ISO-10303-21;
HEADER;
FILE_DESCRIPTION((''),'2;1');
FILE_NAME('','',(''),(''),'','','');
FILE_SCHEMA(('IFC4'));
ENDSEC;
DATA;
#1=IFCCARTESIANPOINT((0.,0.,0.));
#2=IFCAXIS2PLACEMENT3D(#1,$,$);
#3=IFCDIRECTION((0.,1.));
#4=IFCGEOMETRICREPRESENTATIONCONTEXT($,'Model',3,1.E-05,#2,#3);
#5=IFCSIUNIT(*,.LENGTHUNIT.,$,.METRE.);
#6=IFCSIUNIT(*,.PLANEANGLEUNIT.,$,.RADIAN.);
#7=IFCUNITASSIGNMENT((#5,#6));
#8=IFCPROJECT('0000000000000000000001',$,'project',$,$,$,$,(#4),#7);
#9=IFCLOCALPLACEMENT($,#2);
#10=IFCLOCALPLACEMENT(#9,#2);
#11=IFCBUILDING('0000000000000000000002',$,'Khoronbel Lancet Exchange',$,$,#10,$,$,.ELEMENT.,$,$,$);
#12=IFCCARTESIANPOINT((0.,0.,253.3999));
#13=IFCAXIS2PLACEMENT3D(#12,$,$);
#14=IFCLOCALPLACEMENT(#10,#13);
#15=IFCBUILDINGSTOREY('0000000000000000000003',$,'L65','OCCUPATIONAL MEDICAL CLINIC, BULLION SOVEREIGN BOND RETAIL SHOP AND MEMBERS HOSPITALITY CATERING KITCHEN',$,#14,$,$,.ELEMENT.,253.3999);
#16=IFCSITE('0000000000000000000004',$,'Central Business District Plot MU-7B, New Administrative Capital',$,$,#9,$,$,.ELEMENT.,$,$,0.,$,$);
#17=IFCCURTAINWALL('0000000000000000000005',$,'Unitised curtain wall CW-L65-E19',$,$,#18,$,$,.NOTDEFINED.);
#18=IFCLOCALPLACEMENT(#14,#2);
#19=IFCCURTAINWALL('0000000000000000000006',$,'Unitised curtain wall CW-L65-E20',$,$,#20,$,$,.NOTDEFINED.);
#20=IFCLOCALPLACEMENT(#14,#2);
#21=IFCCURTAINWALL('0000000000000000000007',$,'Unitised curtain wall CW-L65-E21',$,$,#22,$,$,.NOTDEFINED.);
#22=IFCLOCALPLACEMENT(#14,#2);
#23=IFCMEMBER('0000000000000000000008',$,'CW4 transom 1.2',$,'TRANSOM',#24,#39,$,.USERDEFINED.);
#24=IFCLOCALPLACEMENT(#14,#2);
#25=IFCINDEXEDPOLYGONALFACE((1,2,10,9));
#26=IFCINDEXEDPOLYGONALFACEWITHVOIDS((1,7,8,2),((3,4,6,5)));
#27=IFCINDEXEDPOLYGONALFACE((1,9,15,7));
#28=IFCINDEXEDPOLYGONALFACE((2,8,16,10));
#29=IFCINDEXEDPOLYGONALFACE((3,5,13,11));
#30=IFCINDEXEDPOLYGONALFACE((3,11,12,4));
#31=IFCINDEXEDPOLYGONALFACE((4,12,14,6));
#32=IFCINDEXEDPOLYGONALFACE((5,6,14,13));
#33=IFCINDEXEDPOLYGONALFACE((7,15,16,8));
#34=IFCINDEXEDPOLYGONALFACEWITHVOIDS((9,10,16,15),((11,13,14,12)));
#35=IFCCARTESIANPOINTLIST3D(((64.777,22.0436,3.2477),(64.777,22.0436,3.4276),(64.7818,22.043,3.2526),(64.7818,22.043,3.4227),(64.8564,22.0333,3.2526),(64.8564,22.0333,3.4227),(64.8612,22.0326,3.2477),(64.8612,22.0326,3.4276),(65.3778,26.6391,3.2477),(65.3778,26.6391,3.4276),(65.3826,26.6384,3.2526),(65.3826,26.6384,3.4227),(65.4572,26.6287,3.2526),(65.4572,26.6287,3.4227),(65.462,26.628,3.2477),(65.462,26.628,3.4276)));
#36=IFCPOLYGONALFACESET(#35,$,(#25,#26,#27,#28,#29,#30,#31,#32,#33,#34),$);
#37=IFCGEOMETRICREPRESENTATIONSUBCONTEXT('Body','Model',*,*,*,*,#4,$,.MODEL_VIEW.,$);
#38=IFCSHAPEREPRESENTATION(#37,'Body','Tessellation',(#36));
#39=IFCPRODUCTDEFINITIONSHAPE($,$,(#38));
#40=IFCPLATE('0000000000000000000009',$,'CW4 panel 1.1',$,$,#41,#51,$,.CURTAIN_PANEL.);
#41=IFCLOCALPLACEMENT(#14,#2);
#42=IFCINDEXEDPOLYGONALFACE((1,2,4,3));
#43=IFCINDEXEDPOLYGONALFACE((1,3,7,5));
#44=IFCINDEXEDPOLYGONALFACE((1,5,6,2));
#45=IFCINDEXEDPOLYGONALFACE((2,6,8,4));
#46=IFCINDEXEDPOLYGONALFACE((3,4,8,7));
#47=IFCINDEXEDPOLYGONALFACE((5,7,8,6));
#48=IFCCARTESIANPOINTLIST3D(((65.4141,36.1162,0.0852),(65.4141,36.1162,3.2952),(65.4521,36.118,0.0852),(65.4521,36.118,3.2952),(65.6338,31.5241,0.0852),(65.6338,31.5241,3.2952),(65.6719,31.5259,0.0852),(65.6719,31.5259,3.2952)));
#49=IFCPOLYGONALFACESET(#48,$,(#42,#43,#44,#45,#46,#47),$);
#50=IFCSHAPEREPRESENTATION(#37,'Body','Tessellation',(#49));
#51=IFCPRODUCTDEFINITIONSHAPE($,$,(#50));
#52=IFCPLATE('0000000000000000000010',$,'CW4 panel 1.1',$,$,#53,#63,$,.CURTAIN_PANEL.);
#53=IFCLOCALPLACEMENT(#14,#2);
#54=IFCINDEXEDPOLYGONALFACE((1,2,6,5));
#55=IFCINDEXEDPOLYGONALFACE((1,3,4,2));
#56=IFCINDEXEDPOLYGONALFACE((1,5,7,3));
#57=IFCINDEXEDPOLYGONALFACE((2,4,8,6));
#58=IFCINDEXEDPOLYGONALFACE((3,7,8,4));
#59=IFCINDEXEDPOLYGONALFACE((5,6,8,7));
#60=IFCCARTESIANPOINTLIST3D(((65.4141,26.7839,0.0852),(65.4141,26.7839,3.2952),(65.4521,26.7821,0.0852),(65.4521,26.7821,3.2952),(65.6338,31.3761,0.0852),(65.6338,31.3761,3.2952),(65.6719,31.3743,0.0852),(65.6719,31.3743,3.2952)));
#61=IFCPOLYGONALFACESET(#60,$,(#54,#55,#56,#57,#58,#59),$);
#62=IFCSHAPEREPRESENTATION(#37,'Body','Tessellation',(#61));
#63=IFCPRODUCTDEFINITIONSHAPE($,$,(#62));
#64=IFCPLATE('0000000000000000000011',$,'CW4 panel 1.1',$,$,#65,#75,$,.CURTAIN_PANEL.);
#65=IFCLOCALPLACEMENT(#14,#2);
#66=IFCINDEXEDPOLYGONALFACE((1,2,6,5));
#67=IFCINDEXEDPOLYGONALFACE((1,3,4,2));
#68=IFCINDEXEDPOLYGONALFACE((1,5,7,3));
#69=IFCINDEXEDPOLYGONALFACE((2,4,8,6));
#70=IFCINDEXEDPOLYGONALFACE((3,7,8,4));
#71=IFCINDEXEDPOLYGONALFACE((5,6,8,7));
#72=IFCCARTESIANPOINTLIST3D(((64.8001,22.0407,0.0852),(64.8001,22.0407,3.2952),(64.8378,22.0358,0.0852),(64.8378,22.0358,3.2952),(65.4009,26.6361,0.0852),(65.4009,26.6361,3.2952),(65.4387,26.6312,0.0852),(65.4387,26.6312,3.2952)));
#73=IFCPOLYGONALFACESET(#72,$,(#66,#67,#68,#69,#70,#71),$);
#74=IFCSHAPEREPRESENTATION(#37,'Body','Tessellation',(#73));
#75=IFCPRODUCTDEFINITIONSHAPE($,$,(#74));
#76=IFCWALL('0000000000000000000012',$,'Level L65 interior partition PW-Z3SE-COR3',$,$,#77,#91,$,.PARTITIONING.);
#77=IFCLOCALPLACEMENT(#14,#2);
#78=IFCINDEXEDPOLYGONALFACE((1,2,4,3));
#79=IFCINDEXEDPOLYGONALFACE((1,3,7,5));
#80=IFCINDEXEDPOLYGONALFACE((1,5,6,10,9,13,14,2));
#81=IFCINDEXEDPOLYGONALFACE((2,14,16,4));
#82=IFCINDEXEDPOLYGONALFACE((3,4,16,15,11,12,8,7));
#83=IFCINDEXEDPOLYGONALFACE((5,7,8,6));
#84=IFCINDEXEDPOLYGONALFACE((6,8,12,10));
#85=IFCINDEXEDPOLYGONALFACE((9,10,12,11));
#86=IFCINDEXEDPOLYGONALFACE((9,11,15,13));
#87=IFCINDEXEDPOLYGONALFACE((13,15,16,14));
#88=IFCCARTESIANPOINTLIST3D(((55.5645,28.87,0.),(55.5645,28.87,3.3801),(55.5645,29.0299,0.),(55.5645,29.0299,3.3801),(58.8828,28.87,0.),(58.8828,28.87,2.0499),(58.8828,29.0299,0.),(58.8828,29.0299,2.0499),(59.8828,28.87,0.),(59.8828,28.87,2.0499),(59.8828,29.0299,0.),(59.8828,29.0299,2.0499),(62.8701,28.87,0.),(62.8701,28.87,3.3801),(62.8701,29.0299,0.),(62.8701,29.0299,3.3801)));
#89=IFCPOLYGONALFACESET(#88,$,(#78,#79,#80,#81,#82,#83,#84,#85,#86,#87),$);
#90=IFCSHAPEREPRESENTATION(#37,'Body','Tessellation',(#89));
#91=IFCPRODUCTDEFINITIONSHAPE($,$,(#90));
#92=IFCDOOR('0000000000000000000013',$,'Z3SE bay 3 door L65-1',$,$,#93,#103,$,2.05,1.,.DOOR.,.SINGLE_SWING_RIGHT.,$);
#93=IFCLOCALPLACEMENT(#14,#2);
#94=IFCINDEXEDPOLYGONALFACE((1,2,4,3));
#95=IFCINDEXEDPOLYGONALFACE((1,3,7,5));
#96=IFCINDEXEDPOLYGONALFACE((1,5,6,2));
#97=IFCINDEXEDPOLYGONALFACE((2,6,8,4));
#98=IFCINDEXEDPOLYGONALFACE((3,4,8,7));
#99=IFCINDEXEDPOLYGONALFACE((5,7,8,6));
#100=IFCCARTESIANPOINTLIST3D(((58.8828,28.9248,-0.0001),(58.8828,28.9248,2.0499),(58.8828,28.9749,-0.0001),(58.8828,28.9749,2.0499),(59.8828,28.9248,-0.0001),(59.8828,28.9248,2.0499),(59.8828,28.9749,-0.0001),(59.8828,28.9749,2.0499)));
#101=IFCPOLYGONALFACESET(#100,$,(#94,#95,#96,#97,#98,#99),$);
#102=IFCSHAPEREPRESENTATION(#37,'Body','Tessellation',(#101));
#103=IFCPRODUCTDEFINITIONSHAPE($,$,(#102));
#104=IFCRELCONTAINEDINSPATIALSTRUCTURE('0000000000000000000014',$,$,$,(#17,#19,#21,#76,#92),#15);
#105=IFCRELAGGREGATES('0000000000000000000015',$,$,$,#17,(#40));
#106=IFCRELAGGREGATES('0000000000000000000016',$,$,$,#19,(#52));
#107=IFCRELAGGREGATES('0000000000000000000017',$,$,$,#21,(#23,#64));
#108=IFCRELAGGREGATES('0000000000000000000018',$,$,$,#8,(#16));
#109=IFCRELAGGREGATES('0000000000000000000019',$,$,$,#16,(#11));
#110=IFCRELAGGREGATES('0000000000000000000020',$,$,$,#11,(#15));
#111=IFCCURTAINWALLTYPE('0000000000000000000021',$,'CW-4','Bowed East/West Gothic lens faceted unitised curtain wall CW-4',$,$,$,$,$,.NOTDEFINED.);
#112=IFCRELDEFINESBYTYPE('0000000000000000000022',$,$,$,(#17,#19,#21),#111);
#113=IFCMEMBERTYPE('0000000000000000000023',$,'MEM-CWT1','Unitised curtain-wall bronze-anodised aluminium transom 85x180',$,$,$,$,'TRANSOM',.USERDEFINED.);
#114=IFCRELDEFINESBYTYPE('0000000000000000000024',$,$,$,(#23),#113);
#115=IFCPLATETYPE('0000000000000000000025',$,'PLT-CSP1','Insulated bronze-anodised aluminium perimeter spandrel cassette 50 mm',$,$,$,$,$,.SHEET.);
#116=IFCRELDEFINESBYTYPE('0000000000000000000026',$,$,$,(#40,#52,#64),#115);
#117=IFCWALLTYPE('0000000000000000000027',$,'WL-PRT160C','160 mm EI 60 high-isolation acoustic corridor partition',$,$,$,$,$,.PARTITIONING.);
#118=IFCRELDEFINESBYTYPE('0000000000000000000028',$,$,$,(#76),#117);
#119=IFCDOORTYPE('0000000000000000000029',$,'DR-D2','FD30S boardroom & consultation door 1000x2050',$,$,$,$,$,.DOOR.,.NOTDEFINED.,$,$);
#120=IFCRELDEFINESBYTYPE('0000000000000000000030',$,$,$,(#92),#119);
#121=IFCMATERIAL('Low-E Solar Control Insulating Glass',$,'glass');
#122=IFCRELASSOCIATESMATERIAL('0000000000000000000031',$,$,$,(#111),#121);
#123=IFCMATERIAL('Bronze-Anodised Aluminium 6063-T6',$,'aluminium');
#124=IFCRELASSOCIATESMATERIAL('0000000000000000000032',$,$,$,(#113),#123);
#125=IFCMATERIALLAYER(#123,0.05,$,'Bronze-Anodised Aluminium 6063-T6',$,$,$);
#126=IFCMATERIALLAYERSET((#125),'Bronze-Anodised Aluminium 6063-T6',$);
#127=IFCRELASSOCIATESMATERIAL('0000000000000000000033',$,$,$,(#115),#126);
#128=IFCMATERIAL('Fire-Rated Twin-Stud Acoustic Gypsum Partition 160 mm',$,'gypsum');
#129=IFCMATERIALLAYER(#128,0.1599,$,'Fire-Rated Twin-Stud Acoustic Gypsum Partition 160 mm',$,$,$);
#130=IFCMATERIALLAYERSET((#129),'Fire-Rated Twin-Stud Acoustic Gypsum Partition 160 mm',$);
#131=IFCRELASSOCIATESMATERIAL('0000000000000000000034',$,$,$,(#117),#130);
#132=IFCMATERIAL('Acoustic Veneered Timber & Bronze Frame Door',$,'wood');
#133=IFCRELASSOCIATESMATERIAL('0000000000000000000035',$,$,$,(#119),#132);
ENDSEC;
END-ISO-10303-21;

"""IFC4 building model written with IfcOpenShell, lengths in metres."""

from ifc_helpers import new_model, si_unit, direction, frame, frame_2d, origin, origin_2d, place, context, subcontext, project, spatial, rectangle, hollow_rectangle, extrude, material, layer, layer_set, material_profile, profile_set, type_object, element, fill, aggregate, save


model = new_model("IFC4")

# Units and contexts
model_context = context("Model", 3, precision=1e-05, world=origin(), true_north=direction((0.0, 1.0)))
body_context = subcontext(model_context, "Body", "Model", "MODEL_VIEW")
ifc_project = project(units=[si_unit("LENGTHUNIT", "METRE"), si_unit("PLANEANGLEUNIT", "RADIAN")], contexts=[model_context])

# Site, building, storey
site_placement = place(None, origin())
site = spatial("IfcSite", under=ifc_project, at=site_placement, Name="Central Business District Plot MU-7B, New Administrative Capital", CompositionType="ELEMENT", RefElevation=0.0)
building_placement = place(site_placement, origin())
building = spatial("IfcBuilding", under=site, at=building_placement, Name="Khoronbel Lancet Exchange", CompositionType="ELEMENT")
storey_placement = place(building_placement, frame((0.0, 0.0, 253.3999)))
storey = spatial("IfcBuildingStorey", under=building, at=storey_placement, Name="L65", Description="OCCUPATIONAL MEDICAL CLINIC, BULLION SOVEREIGN BOND RETAIL SHOP AND MEMBERS HOSPITALITY CATERING KITCHEN", CompositionType="ELEMENT", Elevation=253.3999)

# Curtain wall
ifc_material_1 = material(Name="Low-E Solar Control Insulating Glass", Category="glass")
curtain_wall_type = type_object("IfcCurtainWallType", Name="CW-4", Description="Bowed East/West Gothic lens faceted unitised curtain wall CW-4", PredefinedType="NOTDEFINED", material=ifc_material_1)
curtain_wall_1_placement = place(storey_placement, origin())
curtain_wall_1 = element("IfcCurtainWall", 1, at=curtain_wall_1_placement, inside=storey, type_object=curtain_wall_type, Name="Unitised curtain wall CW-L65-E19", PredefinedType="NOTDEFINED")
ifc_material_2 = material(Name="Bronze-Anodised Aluminium 6063-T6", Category="aluminium")

# Curtain walls
curtain_wall_2_placement = place(storey_placement, origin())
curtain_wall_2 = element("IfcCurtainWall", 2, at=curtain_wall_2_placement, inside=storey, type_object=curtain_wall_type, Name="Unitised curtain wall CW-L65-E20", PredefinedType="NOTDEFINED")
curtain_wall_3_placement = place(storey_placement, origin())
curtain_wall_3 = element("IfcCurtainWall", 3, at=curtain_wall_3_placement, inside=storey, type_object=curtain_wall_type, Name="Unitised curtain wall CW-L65-E21", PredefinedType="NOTDEFINED")

# Member
ifc_material_profile_1 = material_profile(ifc_material_2, hollow_rectangle(XDim=0.085, YDim=0.1799, WallThickness=0.0049, at=origin_2d()), Name="ALU TRANSOM 85x180")
ifc_profile_set_1 = profile_set([ifc_material_profile_1], Name="Bronze-Anodised Aluminium 6063-T6")
member_type_1 = type_object("IfcMemberType", Name="MEM-CWT1", Description="Unitised curtain-wall bronze-anodised aluminium transom 85x180", ElementType="TRANSOM", PredefinedType="USERDEFINED", material=ifc_profile_set_1)
member_1_placement = place(storey_placement, frame((65.4199, 26.6335, 3.3376), z_axis=(-0.129641, -0.991561, 0.0), x_axis=(0.991561, -0.129641, 0.0)))
member_1 = element("IfcMember", 4, at=member_1_placement, type_object=member_type_1, Name="CW4 transom 1.2", ObjectType="TRANSOM", PredefinedType="USERDEFINED", context=body_context, shape_type="SweptSolid", body=[
    extrude(hollow_rectangle(XDim=0.085, YDim=0.1799, WallThickness=0.0049, at=origin_2d()), origin(), (0.0, 0.0, 1.0), 4.6345),
])

# Plates
ifc_layer_1 = layer(ifc_material_2, 0.05, Name="Bronze-Anodised Aluminium 6063-T6")
ifc_layer_set_1 = layer_set([ifc_layer_1], Name="Bronze-Anodised Aluminium 6063-T6")
plate_type = type_object("IfcPlateType", Name="PLT-CSP1", Description="Insulated bronze-anodised aluminium perimeter spandrel cassette 50 mm", PredefinedType="SHEET", material=ifc_layer_set_1)
plate_1_placement = place(storey_placement, frame((65.543, 33.821, 0.0852), z_axis=(0.0, 0.0, 1.0), x_axis=(0.047794, -0.998857, 0.0)))
plate_1 = element("IfcPlate", 5, at=plate_1_placement, type_object=plate_type, Name="CW4 panel 1.1", PredefinedType="CURTAIN_PANEL", context=body_context, shape_type="SweptSolid", body=[
    extrude(rectangle(XDim=4.5974, YDim=0.0381, at=origin_2d()), origin(), (0.0, 0.0, 1.0), 3.21),
])
aggregate(curtain_wall_1, [plate_1])
plate_2_placement = place(storey_placement, frame((65.543, 29.0791, 0.0852), z_axis=(0.0, 0.0, 1.0), x_axis=(-0.047794, -0.998857, 0.0)))
plate_2 = element("IfcPlate", 6, at=plate_2_placement, type_object=plate_type, Name="CW4 panel 1.1", PredefinedType="CURTAIN_PANEL", context=body_context, shape_type="SweptSolid", body=[
    extrude(rectangle(XDim=4.5974, YDim=0.0381, at=origin_2d()), origin(), (0.0, 0.0, 1.0), 3.21),
])
aggregate(curtain_wall_2, [plate_2])
plate_3_placement = place(storey_placement, frame((65.1194, 24.3359, 0.0852), z_axis=(0.0, 0.0, 1.0), x_axis=(-0.129646, -0.99156, 0.0)))
plate_3 = element("IfcPlate", 7, at=plate_3_placement, type_object=plate_type, Name="CW4 panel 1.1", PredefinedType="CURTAIN_PANEL", context=body_context, shape_type="SweptSolid", body=[
    extrude(rectangle(XDim=4.6345, YDim=0.0381, at=origin_2d()), origin(), (0.0, 0.0, 1.0), 3.21),
])
aggregate(curtain_wall_3, [member_1, plate_3])

# Wall, opening, door
ifc_material_3 = material(Name="Fire-Rated Twin-Stud Acoustic Gypsum Partition 160 mm", Category="gypsum")
ifc_layer_2 = layer(ifc_material_3, 0.1599, Name="Fire-Rated Twin-Stud Acoustic Gypsum Partition 160 mm")
ifc_layer_set_2 = layer_set([ifc_layer_2], Name="Fire-Rated Twin-Stud Acoustic Gypsum Partition 160 mm")
wall_type = type_object("IfcWallType", Name="WL-PRT160C", Description="160 mm EI 60 high-isolation acoustic corridor partition", PredefinedType="PARTITIONING", material=ifc_layer_set_2)
wall_placement = place(storey_placement, frame((55.5645, 28.95, 0.0), z_axis=(0.0, 0.0, 1.0), x_axis=(1.0, 0.0, 0.0)))
wall = element("IfcWall", 8, at=wall_placement, inside=storey, type_object=wall_type, Name="Level L65 interior partition PW-Z3SE-COR3", PredefinedType="PARTITIONING", context=body_context, shape_type="SweptSolid", body=[
    extrude(rectangle(XDim=7.3057, YDim=0.1599, at=frame_2d((3.6528, 0.0))), origin(), (0.0, 0.0, 1.0), 3.3801),
])
opening_placement = place(wall_placement, frame((3.3184, 0.0, 0.0)))
opening = element("IfcOpeningElement", 9, at=opening_placement, cuts=wall, PredefinedType="OPENING", context=body_context, shape_type="SweptSolid", body=[
    extrude(rectangle(XDim=1.0, YDim=2.05, at=frame_2d((0.5, 1.0249))), frame((0.0, 0.0898, 0.0), z_axis=(0.0, -1.0, 0.0), x_axis=(1.0, 0.0, 0.0)), (0.0, 0.0, 1.0), 0.1799),
])
ifc_material_4 = material(Name="Acoustic Veneered Timber & Bronze Frame Door", Category="wood")
door_type = type_object("IfcDoorType", Name="DR-D2", Description="FD30S boardroom & consultation door 1000x2050", OperationType="NOTDEFINED", PredefinedType="DOOR", material=ifc_material_4)
door_placement = place(opening_placement, origin())
door = element("IfcDoor", 10, at=door_placement, inside=storey, type_object=door_type, Name="Z3SE bay 3 door L65-1", OperationType="SINGLE_SWING_RIGHT", OverallHeight=2.05, OverallWidth=1.0, PredefinedType="DOOR", context=body_context, shape_type="SweptSolid", body=[
    extrude(rectangle(XDim=1.0, YDim=2.05, at=frame_2d((0.5, 1.0249))), frame((0.0, 0.0249, 0.0), z_axis=(0.0, -1.0, 0.0), x_axis=(1.0, 0.0, 0.0)), (0.0, 0.0, 1.0), 0.05),
])
fill(opening, door)

save(model, "model.ifc")
